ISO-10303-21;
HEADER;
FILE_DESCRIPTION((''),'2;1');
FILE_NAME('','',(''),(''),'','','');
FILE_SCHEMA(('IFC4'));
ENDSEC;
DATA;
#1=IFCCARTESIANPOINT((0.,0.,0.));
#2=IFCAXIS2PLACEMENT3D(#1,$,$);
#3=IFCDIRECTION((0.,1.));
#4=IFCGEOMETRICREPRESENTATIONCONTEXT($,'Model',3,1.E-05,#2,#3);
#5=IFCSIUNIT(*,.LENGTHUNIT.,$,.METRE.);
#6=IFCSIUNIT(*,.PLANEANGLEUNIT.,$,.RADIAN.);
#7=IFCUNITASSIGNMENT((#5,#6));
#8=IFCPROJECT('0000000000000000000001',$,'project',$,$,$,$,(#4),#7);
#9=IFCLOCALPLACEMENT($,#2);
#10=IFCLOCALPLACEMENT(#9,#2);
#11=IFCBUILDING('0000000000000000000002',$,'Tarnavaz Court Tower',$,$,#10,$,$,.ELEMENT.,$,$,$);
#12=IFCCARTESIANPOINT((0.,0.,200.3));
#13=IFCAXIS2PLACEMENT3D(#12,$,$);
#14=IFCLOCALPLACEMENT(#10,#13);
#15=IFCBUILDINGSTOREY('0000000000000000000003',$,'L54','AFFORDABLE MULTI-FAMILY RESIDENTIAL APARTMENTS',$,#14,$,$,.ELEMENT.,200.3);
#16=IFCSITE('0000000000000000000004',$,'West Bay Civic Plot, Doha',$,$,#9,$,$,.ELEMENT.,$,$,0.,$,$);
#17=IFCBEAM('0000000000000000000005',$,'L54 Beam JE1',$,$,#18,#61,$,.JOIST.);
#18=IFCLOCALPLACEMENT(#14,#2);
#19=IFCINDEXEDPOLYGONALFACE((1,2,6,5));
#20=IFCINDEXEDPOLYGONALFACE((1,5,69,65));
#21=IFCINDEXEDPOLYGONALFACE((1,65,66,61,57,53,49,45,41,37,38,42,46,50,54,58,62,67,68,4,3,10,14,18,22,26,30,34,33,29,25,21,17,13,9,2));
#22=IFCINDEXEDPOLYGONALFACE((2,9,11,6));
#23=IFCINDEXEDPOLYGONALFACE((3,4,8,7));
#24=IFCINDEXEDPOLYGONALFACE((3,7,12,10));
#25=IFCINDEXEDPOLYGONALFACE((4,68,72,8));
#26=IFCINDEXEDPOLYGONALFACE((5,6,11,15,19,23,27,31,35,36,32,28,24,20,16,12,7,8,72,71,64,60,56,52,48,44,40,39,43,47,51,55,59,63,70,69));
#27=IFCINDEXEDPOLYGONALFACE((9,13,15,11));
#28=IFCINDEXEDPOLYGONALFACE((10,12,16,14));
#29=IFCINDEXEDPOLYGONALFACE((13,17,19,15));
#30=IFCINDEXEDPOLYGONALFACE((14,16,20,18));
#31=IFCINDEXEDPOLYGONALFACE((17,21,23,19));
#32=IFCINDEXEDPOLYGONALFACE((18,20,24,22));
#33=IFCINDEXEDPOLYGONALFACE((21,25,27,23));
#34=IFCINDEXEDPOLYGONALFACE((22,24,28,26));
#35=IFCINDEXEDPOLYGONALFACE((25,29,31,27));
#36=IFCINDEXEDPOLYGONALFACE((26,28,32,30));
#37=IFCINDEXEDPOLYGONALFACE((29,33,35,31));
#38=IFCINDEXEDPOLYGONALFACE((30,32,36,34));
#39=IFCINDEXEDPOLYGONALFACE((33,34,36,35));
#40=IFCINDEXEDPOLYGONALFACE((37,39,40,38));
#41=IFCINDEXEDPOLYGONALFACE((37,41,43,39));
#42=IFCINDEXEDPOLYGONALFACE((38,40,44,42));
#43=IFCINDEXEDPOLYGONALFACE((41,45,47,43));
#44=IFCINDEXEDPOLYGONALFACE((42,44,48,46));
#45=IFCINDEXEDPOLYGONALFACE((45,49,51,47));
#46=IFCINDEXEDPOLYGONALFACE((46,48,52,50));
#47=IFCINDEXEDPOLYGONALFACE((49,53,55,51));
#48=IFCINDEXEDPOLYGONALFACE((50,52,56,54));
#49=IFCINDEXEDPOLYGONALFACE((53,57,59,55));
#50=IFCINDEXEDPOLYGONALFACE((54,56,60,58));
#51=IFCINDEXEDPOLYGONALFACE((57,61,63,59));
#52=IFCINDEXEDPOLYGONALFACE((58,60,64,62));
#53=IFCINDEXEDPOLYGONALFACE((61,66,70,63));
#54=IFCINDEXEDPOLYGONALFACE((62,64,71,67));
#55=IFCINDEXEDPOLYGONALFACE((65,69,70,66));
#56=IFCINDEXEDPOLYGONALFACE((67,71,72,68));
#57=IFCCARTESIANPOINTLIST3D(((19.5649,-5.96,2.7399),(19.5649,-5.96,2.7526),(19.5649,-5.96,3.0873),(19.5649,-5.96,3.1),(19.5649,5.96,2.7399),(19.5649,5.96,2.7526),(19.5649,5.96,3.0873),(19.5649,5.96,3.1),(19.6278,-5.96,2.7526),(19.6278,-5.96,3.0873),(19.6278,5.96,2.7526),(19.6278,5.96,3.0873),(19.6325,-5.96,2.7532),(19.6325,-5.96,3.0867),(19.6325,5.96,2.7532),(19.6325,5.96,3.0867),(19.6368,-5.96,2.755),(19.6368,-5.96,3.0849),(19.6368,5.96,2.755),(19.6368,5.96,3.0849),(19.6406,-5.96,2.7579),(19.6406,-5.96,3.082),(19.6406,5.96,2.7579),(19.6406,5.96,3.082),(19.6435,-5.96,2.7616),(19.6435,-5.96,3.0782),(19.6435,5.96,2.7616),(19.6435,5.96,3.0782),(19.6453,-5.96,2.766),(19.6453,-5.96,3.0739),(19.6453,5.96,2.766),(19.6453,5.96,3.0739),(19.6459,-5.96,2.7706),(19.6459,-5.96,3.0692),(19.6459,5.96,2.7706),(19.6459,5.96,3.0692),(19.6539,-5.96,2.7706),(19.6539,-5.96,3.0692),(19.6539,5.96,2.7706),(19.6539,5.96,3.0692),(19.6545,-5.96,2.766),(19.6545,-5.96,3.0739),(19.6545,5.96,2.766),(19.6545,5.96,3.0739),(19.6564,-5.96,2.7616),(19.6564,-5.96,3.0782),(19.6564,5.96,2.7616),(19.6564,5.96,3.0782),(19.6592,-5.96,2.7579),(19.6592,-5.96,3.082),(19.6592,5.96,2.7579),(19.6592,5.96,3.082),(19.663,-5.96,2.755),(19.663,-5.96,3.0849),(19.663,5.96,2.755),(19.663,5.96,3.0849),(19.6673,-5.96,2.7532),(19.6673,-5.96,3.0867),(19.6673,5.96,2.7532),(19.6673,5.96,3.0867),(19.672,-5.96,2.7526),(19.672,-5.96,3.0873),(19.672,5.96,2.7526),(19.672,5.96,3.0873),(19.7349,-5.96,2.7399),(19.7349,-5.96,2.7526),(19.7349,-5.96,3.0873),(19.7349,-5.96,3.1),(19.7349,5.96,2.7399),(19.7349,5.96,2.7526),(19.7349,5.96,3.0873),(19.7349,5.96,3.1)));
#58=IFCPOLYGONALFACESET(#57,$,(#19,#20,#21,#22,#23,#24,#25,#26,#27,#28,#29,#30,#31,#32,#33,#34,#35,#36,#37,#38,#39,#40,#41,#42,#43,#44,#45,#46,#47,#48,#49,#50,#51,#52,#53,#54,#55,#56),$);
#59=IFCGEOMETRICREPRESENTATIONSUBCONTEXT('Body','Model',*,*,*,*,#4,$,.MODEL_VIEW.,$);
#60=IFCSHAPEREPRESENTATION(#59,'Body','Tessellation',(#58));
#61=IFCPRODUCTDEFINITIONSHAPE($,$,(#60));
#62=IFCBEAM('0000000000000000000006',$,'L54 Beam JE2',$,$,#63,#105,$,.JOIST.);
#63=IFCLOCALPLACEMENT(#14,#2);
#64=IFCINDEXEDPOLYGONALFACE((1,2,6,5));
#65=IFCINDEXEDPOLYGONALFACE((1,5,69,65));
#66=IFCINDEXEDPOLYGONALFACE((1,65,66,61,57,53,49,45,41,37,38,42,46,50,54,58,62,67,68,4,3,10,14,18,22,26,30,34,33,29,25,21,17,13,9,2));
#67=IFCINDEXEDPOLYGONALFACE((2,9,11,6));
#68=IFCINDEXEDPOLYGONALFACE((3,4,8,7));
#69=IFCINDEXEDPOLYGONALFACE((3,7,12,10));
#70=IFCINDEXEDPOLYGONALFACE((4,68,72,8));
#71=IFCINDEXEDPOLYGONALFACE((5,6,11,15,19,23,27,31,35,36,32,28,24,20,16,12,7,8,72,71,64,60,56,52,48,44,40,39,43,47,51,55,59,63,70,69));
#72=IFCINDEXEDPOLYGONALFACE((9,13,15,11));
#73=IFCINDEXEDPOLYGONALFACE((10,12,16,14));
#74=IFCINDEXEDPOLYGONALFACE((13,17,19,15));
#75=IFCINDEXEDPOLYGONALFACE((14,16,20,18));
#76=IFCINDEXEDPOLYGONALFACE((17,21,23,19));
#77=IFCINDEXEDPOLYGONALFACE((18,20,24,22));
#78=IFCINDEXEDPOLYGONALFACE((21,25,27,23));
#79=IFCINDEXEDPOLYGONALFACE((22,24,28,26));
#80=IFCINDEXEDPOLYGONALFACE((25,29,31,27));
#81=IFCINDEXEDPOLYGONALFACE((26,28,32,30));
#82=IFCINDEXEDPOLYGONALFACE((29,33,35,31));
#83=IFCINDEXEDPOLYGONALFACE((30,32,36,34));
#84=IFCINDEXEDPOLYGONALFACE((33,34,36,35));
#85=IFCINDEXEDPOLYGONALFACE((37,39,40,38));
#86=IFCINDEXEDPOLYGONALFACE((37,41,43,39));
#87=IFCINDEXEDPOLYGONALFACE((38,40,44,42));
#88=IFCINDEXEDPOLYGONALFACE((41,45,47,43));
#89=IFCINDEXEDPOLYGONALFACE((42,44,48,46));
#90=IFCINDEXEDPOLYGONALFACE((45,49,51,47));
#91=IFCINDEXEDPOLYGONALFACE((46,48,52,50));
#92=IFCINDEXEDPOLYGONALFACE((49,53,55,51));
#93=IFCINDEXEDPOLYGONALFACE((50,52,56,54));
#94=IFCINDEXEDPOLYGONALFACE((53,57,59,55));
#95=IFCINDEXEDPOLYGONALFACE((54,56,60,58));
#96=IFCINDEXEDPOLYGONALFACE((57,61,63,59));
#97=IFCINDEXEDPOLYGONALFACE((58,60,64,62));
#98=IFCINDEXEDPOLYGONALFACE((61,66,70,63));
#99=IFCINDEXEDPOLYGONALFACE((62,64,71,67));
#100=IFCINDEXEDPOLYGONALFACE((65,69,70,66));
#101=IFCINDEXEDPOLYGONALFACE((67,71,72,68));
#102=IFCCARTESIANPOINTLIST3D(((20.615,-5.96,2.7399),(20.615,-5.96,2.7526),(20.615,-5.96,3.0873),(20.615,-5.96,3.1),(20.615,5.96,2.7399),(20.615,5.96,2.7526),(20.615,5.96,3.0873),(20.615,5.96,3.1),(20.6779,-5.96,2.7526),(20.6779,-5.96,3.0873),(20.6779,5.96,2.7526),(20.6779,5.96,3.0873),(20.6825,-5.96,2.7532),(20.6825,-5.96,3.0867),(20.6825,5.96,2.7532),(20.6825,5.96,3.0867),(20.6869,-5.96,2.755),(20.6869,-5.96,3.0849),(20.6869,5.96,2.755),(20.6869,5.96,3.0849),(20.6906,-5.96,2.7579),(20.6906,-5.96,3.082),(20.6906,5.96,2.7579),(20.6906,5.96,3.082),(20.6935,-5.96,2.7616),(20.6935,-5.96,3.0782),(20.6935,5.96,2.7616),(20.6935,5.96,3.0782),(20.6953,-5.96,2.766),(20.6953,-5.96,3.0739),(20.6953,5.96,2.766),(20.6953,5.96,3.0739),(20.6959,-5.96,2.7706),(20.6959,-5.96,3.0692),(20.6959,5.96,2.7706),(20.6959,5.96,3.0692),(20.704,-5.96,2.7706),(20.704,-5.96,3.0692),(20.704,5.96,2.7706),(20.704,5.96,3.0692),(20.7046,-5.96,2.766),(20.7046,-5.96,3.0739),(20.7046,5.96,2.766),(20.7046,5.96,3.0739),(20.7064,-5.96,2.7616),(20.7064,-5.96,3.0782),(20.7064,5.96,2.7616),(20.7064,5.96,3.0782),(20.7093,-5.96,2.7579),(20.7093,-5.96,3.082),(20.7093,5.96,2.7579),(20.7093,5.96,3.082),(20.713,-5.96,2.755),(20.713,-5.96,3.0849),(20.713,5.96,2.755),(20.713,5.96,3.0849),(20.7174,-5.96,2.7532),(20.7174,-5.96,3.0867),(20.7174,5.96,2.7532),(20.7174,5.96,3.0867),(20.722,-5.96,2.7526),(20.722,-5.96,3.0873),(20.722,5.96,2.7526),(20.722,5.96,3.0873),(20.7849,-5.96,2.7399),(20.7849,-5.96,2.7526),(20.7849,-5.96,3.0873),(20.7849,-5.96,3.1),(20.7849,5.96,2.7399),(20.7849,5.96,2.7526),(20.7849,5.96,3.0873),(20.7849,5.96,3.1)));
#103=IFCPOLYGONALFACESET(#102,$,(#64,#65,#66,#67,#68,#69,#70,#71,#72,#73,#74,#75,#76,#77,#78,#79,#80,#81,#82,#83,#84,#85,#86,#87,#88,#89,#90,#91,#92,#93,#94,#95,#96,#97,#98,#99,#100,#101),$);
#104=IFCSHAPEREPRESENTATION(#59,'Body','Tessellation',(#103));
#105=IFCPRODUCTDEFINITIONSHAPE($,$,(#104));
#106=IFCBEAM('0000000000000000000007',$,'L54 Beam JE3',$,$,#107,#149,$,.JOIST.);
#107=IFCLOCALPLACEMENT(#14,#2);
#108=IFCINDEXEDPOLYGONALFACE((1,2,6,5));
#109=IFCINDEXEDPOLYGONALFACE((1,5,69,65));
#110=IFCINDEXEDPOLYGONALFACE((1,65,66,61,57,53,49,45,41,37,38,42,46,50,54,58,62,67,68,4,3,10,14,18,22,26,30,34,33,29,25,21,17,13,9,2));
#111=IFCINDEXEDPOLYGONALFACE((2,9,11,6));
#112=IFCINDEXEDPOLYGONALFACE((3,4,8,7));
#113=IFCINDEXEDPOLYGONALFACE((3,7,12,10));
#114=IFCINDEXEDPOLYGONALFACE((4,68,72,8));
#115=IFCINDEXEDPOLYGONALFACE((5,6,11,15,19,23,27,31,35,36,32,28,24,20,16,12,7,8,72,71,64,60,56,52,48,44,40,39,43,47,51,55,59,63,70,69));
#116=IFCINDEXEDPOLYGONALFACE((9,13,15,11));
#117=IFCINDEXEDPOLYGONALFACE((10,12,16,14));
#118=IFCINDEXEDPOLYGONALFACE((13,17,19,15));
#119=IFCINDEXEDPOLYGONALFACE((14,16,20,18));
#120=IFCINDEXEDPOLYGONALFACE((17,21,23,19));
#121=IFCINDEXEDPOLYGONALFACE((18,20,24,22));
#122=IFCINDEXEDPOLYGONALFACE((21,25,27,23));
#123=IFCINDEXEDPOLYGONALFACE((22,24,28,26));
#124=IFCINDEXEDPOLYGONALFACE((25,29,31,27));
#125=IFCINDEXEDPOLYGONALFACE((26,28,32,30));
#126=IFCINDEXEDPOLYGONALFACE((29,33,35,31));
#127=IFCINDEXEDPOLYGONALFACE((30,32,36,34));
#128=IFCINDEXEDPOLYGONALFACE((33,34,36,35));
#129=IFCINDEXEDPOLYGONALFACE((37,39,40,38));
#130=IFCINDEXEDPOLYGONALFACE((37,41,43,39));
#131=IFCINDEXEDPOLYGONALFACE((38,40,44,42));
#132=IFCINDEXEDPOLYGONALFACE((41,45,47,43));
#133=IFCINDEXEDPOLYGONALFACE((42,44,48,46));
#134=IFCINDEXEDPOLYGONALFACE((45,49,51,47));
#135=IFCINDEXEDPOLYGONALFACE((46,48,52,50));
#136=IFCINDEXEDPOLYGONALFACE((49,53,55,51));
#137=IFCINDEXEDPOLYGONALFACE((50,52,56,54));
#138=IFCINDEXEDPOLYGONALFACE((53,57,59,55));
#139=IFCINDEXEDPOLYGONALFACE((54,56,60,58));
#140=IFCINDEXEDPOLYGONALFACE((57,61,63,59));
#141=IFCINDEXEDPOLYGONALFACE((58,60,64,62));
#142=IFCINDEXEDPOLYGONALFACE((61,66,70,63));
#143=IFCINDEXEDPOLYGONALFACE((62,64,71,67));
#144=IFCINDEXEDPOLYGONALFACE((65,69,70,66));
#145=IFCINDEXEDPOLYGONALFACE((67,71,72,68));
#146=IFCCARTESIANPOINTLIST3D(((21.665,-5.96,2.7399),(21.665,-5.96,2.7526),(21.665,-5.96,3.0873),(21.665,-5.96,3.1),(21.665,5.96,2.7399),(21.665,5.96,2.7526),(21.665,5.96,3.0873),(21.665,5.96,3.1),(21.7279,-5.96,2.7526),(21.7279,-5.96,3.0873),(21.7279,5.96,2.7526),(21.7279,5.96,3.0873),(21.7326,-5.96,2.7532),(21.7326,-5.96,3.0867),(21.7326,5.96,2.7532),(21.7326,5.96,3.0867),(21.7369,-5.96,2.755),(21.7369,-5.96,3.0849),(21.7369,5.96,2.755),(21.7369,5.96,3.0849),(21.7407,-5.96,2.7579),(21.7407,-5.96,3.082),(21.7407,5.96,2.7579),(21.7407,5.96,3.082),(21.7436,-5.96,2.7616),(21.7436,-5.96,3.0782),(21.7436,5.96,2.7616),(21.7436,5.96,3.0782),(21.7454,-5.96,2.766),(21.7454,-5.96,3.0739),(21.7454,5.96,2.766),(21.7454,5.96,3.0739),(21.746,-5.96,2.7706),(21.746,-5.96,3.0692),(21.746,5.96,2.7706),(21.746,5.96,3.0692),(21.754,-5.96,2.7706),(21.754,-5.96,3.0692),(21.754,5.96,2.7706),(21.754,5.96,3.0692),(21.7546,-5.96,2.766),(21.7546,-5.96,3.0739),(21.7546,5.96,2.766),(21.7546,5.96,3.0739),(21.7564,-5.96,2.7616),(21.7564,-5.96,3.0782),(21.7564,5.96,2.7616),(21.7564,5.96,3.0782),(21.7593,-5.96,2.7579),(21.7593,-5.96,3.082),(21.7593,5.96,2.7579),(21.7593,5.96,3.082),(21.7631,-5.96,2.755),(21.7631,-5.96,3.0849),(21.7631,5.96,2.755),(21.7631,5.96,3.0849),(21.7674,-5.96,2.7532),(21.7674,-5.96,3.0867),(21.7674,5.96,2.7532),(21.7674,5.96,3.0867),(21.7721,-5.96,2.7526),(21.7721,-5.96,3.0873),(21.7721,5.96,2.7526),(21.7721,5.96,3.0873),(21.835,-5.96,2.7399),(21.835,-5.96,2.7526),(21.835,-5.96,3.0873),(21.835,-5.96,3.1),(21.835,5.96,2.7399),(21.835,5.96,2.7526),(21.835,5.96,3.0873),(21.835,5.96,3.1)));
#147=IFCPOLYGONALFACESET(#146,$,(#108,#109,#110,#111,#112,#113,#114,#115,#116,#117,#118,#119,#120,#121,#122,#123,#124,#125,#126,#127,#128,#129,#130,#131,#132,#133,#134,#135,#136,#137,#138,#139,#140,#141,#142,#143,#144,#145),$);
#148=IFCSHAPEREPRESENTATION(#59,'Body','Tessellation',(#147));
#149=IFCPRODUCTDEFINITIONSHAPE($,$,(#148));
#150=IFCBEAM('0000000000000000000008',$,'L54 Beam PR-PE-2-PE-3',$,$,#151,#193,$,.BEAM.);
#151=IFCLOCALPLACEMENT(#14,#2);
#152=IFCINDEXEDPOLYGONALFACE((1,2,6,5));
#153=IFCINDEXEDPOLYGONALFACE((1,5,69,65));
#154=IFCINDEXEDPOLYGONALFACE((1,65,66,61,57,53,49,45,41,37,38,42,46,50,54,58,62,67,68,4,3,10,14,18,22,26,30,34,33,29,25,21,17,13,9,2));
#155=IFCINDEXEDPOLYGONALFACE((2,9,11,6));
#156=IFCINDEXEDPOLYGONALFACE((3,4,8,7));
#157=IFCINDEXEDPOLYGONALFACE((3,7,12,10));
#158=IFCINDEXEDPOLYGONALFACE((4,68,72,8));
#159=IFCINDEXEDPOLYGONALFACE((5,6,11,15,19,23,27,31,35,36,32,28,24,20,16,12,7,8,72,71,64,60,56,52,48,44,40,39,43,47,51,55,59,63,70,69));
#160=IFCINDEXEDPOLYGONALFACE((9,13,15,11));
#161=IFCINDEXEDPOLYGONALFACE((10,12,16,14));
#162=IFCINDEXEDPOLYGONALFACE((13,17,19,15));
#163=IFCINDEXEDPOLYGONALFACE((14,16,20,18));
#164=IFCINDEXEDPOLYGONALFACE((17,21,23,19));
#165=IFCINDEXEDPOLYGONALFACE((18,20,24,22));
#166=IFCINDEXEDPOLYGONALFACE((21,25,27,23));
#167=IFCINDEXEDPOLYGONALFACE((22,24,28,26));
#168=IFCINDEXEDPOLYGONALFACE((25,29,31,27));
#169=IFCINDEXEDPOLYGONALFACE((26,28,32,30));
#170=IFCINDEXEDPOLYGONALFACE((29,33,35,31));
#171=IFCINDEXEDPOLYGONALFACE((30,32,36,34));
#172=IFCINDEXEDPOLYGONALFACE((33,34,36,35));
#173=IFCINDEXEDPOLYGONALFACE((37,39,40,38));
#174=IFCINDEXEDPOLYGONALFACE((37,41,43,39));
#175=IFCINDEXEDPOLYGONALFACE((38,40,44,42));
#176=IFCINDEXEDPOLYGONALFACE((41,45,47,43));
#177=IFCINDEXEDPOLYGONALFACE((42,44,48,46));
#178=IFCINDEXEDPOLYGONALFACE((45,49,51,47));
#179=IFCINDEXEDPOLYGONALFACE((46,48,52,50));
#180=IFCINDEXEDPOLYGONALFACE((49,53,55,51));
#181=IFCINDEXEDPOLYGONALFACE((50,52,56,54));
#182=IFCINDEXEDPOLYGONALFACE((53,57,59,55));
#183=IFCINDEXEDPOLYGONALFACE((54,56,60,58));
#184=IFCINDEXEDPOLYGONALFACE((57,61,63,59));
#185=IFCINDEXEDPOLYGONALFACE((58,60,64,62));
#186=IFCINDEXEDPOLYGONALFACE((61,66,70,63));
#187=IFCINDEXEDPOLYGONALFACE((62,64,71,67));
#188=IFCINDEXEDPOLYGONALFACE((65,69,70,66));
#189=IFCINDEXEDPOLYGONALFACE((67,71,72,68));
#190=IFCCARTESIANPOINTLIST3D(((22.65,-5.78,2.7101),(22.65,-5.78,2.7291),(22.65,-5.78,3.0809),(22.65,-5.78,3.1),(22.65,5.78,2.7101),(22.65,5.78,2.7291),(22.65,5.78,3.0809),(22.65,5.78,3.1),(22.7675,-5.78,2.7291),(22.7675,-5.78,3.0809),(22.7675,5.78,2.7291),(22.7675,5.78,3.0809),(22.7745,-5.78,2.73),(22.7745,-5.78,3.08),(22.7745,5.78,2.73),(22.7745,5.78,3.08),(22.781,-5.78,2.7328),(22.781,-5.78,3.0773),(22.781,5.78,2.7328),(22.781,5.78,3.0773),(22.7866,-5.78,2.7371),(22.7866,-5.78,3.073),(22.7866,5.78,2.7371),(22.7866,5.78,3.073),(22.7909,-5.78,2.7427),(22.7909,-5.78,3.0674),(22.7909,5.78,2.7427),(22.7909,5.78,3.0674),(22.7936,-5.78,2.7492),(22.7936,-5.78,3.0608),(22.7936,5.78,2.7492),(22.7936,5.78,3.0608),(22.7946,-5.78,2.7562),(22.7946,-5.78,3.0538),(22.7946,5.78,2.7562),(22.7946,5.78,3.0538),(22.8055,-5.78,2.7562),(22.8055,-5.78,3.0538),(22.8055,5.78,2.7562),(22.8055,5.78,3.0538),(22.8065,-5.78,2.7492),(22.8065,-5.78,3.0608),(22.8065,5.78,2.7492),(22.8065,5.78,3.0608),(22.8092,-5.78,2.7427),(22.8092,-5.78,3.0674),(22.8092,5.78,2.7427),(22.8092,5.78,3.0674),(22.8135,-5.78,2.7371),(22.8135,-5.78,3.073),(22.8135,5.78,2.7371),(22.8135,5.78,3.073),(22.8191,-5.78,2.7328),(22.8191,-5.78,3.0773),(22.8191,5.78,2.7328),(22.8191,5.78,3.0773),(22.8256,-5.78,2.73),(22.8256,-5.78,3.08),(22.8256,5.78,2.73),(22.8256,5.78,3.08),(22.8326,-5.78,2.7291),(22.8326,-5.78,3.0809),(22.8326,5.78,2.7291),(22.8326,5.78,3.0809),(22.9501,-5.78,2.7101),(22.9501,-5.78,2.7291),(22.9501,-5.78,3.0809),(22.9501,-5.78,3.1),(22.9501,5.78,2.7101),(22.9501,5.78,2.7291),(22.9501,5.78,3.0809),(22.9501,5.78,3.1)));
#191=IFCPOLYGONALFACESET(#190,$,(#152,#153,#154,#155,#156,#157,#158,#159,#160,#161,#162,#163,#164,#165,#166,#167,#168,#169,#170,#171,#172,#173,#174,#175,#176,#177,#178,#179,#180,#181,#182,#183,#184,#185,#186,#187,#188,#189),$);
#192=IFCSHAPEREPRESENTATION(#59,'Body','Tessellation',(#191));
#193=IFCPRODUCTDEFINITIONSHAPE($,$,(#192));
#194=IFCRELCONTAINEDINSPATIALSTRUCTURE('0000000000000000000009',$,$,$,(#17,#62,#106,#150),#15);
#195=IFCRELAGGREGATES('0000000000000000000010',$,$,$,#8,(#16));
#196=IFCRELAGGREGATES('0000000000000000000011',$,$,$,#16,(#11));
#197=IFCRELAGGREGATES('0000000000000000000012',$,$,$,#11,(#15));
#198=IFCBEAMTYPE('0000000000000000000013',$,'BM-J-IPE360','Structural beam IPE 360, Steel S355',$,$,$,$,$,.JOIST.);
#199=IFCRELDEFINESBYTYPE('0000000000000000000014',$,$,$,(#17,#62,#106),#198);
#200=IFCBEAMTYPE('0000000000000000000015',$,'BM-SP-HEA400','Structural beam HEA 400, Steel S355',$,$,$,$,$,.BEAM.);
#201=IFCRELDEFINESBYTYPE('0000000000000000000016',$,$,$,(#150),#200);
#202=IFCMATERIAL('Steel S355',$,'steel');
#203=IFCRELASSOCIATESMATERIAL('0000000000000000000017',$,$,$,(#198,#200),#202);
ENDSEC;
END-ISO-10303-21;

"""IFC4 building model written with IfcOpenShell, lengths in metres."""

from ifc_helpers import new_model, si_unit, direction, frame, origin, origin_2d, place, context, subcontext, project, spatial, i_section, extrude, material, material_profile, profile_set, type_object, element, save


model = new_model("IFC4")

# Units and contexts
model_context = context("Model", 3, precision=1e-05, world=origin(), true_north=direction((0.0, 1.0)))
body_context = subcontext(model_context, "Body", "Model", "MODEL_VIEW")
ifc_project = project(units=[si_unit("LENGTHUNIT", "METRE"), si_unit("PLANEANGLEUNIT", "RADIAN")], contexts=[model_context])

# Site, building, storey
site_placement = place(None, origin())
site = spatial("IfcSite", under=ifc_project, at=site_placement, Name="West Bay Civic Plot, Doha", CompositionType="ELEMENT", RefElevation=0.0)
building_placement = place(site_placement, origin())
building = spatial("IfcBuilding", under=site, at=building_placement, Name="Tarnavaz Court Tower", CompositionType="ELEMENT")
storey_placement = place(building_placement, frame((0.0, 0.0, 200.3)))
storey = spatial("IfcBuildingStorey", under=building, at=storey_placement, Name="L54", Description="AFFORDABLE MULTI-FAMILY RESIDENTIAL APARTMENTS", CompositionType="ELEMENT", Elevation=200.3)

# Beams
ifc_material_1 = material(Name="Steel S355", Category="steel")
ifc_material_profile_1 = material_profile(ifc_material_1, i_section(OverallWidth=0.1699, OverallDepth=0.3601, WebThickness=0.0081, FlangeThickness=0.0127, FilletRadius=0.0181, at=origin_2d()), Name="IPE 360")
ifc_profile_set_1 = profile_set([ifc_material_profile_1], Name="Steel S355")
beam_type_1 = type_object("IfcBeamType", Name="BM-J-IPE360", Description="Structural beam IPE 360, Steel S355", PredefinedType="JOIST", material=ifc_profile_set_1)
for number, where, z_axis, x_axis, name in (
    (1, (19.6499, -5.96, 2.9199), (0.0, 1.0, 0.0), (-1.0, 0.0, 0.0), "L54 Beam JE1"),
    (2, (20.7, -5.96, 2.9199), (0.0, 1.0, 0.0), (-1.0, 0.0, 0.0), "L54 Beam JE2"),
    (3, (21.75, -5.96, 2.9199), (0.0, 1.0, 0.0), (-1.0, 0.0, 0.0), "L54 Beam JE3"),
):
    element("IfcBeam", number, at=place(storey_placement, frame(where, z_axis=z_axis, x_axis=x_axis)), inside=storey, type_object=beam_type_1, Name=name, PredefinedType="JOIST", context=body_context, shape_type="SweptSolid", body=[
        extrude(i_section(OverallWidth=0.1699, OverallDepth=0.3601, WebThickness=0.0081, FlangeThickness=0.0127, FilletRadius=0.0181, at=origin_2d()), origin(), (0.0, 0.0, 1.0), 11.9199),
    ])
ifc_material_profile_2 = material_profile(ifc_material_1, i_section(OverallWidth=0.3, OverallDepth=0.3899, WebThickness=0.011, FlangeThickness=0.019, FilletRadius=0.0271, at=origin_2d()), Name="HEA 400")
ifc_profile_set_2 = profile_set([ifc_material_profile_2], Name="Steel S355")
beam_type_2 = type_object("IfcBeamType", Name="BM-SP-HEA400", Description="Structural beam HEA 400, Steel S355", PredefinedType="BEAM", material=ifc_profile_set_2)
beam_1_placement = place(storey_placement, frame((22.8, -5.78, 2.905), z_axis=(0.0, 1.0, 0.0), x_axis=(-1.0, 0.0, 0.0)))
element("IfcBeam", 4, at=beam_1_placement, inside=storey, type_object=beam_type_2, Name="L54 Beam PR-PE-2-PE-3", PredefinedType="BEAM", context=body_context, shape_type="SweptSolid", body=[
    extrude(i_section(OverallWidth=0.3, OverallDepth=0.3899, WebThickness=0.011, FlangeThickness=0.019, FilletRadius=0.0271, at=origin_2d()), origin(), (0.0, 0.0, 1.0), 11.5601),
])

save(model, "model.ifc")
